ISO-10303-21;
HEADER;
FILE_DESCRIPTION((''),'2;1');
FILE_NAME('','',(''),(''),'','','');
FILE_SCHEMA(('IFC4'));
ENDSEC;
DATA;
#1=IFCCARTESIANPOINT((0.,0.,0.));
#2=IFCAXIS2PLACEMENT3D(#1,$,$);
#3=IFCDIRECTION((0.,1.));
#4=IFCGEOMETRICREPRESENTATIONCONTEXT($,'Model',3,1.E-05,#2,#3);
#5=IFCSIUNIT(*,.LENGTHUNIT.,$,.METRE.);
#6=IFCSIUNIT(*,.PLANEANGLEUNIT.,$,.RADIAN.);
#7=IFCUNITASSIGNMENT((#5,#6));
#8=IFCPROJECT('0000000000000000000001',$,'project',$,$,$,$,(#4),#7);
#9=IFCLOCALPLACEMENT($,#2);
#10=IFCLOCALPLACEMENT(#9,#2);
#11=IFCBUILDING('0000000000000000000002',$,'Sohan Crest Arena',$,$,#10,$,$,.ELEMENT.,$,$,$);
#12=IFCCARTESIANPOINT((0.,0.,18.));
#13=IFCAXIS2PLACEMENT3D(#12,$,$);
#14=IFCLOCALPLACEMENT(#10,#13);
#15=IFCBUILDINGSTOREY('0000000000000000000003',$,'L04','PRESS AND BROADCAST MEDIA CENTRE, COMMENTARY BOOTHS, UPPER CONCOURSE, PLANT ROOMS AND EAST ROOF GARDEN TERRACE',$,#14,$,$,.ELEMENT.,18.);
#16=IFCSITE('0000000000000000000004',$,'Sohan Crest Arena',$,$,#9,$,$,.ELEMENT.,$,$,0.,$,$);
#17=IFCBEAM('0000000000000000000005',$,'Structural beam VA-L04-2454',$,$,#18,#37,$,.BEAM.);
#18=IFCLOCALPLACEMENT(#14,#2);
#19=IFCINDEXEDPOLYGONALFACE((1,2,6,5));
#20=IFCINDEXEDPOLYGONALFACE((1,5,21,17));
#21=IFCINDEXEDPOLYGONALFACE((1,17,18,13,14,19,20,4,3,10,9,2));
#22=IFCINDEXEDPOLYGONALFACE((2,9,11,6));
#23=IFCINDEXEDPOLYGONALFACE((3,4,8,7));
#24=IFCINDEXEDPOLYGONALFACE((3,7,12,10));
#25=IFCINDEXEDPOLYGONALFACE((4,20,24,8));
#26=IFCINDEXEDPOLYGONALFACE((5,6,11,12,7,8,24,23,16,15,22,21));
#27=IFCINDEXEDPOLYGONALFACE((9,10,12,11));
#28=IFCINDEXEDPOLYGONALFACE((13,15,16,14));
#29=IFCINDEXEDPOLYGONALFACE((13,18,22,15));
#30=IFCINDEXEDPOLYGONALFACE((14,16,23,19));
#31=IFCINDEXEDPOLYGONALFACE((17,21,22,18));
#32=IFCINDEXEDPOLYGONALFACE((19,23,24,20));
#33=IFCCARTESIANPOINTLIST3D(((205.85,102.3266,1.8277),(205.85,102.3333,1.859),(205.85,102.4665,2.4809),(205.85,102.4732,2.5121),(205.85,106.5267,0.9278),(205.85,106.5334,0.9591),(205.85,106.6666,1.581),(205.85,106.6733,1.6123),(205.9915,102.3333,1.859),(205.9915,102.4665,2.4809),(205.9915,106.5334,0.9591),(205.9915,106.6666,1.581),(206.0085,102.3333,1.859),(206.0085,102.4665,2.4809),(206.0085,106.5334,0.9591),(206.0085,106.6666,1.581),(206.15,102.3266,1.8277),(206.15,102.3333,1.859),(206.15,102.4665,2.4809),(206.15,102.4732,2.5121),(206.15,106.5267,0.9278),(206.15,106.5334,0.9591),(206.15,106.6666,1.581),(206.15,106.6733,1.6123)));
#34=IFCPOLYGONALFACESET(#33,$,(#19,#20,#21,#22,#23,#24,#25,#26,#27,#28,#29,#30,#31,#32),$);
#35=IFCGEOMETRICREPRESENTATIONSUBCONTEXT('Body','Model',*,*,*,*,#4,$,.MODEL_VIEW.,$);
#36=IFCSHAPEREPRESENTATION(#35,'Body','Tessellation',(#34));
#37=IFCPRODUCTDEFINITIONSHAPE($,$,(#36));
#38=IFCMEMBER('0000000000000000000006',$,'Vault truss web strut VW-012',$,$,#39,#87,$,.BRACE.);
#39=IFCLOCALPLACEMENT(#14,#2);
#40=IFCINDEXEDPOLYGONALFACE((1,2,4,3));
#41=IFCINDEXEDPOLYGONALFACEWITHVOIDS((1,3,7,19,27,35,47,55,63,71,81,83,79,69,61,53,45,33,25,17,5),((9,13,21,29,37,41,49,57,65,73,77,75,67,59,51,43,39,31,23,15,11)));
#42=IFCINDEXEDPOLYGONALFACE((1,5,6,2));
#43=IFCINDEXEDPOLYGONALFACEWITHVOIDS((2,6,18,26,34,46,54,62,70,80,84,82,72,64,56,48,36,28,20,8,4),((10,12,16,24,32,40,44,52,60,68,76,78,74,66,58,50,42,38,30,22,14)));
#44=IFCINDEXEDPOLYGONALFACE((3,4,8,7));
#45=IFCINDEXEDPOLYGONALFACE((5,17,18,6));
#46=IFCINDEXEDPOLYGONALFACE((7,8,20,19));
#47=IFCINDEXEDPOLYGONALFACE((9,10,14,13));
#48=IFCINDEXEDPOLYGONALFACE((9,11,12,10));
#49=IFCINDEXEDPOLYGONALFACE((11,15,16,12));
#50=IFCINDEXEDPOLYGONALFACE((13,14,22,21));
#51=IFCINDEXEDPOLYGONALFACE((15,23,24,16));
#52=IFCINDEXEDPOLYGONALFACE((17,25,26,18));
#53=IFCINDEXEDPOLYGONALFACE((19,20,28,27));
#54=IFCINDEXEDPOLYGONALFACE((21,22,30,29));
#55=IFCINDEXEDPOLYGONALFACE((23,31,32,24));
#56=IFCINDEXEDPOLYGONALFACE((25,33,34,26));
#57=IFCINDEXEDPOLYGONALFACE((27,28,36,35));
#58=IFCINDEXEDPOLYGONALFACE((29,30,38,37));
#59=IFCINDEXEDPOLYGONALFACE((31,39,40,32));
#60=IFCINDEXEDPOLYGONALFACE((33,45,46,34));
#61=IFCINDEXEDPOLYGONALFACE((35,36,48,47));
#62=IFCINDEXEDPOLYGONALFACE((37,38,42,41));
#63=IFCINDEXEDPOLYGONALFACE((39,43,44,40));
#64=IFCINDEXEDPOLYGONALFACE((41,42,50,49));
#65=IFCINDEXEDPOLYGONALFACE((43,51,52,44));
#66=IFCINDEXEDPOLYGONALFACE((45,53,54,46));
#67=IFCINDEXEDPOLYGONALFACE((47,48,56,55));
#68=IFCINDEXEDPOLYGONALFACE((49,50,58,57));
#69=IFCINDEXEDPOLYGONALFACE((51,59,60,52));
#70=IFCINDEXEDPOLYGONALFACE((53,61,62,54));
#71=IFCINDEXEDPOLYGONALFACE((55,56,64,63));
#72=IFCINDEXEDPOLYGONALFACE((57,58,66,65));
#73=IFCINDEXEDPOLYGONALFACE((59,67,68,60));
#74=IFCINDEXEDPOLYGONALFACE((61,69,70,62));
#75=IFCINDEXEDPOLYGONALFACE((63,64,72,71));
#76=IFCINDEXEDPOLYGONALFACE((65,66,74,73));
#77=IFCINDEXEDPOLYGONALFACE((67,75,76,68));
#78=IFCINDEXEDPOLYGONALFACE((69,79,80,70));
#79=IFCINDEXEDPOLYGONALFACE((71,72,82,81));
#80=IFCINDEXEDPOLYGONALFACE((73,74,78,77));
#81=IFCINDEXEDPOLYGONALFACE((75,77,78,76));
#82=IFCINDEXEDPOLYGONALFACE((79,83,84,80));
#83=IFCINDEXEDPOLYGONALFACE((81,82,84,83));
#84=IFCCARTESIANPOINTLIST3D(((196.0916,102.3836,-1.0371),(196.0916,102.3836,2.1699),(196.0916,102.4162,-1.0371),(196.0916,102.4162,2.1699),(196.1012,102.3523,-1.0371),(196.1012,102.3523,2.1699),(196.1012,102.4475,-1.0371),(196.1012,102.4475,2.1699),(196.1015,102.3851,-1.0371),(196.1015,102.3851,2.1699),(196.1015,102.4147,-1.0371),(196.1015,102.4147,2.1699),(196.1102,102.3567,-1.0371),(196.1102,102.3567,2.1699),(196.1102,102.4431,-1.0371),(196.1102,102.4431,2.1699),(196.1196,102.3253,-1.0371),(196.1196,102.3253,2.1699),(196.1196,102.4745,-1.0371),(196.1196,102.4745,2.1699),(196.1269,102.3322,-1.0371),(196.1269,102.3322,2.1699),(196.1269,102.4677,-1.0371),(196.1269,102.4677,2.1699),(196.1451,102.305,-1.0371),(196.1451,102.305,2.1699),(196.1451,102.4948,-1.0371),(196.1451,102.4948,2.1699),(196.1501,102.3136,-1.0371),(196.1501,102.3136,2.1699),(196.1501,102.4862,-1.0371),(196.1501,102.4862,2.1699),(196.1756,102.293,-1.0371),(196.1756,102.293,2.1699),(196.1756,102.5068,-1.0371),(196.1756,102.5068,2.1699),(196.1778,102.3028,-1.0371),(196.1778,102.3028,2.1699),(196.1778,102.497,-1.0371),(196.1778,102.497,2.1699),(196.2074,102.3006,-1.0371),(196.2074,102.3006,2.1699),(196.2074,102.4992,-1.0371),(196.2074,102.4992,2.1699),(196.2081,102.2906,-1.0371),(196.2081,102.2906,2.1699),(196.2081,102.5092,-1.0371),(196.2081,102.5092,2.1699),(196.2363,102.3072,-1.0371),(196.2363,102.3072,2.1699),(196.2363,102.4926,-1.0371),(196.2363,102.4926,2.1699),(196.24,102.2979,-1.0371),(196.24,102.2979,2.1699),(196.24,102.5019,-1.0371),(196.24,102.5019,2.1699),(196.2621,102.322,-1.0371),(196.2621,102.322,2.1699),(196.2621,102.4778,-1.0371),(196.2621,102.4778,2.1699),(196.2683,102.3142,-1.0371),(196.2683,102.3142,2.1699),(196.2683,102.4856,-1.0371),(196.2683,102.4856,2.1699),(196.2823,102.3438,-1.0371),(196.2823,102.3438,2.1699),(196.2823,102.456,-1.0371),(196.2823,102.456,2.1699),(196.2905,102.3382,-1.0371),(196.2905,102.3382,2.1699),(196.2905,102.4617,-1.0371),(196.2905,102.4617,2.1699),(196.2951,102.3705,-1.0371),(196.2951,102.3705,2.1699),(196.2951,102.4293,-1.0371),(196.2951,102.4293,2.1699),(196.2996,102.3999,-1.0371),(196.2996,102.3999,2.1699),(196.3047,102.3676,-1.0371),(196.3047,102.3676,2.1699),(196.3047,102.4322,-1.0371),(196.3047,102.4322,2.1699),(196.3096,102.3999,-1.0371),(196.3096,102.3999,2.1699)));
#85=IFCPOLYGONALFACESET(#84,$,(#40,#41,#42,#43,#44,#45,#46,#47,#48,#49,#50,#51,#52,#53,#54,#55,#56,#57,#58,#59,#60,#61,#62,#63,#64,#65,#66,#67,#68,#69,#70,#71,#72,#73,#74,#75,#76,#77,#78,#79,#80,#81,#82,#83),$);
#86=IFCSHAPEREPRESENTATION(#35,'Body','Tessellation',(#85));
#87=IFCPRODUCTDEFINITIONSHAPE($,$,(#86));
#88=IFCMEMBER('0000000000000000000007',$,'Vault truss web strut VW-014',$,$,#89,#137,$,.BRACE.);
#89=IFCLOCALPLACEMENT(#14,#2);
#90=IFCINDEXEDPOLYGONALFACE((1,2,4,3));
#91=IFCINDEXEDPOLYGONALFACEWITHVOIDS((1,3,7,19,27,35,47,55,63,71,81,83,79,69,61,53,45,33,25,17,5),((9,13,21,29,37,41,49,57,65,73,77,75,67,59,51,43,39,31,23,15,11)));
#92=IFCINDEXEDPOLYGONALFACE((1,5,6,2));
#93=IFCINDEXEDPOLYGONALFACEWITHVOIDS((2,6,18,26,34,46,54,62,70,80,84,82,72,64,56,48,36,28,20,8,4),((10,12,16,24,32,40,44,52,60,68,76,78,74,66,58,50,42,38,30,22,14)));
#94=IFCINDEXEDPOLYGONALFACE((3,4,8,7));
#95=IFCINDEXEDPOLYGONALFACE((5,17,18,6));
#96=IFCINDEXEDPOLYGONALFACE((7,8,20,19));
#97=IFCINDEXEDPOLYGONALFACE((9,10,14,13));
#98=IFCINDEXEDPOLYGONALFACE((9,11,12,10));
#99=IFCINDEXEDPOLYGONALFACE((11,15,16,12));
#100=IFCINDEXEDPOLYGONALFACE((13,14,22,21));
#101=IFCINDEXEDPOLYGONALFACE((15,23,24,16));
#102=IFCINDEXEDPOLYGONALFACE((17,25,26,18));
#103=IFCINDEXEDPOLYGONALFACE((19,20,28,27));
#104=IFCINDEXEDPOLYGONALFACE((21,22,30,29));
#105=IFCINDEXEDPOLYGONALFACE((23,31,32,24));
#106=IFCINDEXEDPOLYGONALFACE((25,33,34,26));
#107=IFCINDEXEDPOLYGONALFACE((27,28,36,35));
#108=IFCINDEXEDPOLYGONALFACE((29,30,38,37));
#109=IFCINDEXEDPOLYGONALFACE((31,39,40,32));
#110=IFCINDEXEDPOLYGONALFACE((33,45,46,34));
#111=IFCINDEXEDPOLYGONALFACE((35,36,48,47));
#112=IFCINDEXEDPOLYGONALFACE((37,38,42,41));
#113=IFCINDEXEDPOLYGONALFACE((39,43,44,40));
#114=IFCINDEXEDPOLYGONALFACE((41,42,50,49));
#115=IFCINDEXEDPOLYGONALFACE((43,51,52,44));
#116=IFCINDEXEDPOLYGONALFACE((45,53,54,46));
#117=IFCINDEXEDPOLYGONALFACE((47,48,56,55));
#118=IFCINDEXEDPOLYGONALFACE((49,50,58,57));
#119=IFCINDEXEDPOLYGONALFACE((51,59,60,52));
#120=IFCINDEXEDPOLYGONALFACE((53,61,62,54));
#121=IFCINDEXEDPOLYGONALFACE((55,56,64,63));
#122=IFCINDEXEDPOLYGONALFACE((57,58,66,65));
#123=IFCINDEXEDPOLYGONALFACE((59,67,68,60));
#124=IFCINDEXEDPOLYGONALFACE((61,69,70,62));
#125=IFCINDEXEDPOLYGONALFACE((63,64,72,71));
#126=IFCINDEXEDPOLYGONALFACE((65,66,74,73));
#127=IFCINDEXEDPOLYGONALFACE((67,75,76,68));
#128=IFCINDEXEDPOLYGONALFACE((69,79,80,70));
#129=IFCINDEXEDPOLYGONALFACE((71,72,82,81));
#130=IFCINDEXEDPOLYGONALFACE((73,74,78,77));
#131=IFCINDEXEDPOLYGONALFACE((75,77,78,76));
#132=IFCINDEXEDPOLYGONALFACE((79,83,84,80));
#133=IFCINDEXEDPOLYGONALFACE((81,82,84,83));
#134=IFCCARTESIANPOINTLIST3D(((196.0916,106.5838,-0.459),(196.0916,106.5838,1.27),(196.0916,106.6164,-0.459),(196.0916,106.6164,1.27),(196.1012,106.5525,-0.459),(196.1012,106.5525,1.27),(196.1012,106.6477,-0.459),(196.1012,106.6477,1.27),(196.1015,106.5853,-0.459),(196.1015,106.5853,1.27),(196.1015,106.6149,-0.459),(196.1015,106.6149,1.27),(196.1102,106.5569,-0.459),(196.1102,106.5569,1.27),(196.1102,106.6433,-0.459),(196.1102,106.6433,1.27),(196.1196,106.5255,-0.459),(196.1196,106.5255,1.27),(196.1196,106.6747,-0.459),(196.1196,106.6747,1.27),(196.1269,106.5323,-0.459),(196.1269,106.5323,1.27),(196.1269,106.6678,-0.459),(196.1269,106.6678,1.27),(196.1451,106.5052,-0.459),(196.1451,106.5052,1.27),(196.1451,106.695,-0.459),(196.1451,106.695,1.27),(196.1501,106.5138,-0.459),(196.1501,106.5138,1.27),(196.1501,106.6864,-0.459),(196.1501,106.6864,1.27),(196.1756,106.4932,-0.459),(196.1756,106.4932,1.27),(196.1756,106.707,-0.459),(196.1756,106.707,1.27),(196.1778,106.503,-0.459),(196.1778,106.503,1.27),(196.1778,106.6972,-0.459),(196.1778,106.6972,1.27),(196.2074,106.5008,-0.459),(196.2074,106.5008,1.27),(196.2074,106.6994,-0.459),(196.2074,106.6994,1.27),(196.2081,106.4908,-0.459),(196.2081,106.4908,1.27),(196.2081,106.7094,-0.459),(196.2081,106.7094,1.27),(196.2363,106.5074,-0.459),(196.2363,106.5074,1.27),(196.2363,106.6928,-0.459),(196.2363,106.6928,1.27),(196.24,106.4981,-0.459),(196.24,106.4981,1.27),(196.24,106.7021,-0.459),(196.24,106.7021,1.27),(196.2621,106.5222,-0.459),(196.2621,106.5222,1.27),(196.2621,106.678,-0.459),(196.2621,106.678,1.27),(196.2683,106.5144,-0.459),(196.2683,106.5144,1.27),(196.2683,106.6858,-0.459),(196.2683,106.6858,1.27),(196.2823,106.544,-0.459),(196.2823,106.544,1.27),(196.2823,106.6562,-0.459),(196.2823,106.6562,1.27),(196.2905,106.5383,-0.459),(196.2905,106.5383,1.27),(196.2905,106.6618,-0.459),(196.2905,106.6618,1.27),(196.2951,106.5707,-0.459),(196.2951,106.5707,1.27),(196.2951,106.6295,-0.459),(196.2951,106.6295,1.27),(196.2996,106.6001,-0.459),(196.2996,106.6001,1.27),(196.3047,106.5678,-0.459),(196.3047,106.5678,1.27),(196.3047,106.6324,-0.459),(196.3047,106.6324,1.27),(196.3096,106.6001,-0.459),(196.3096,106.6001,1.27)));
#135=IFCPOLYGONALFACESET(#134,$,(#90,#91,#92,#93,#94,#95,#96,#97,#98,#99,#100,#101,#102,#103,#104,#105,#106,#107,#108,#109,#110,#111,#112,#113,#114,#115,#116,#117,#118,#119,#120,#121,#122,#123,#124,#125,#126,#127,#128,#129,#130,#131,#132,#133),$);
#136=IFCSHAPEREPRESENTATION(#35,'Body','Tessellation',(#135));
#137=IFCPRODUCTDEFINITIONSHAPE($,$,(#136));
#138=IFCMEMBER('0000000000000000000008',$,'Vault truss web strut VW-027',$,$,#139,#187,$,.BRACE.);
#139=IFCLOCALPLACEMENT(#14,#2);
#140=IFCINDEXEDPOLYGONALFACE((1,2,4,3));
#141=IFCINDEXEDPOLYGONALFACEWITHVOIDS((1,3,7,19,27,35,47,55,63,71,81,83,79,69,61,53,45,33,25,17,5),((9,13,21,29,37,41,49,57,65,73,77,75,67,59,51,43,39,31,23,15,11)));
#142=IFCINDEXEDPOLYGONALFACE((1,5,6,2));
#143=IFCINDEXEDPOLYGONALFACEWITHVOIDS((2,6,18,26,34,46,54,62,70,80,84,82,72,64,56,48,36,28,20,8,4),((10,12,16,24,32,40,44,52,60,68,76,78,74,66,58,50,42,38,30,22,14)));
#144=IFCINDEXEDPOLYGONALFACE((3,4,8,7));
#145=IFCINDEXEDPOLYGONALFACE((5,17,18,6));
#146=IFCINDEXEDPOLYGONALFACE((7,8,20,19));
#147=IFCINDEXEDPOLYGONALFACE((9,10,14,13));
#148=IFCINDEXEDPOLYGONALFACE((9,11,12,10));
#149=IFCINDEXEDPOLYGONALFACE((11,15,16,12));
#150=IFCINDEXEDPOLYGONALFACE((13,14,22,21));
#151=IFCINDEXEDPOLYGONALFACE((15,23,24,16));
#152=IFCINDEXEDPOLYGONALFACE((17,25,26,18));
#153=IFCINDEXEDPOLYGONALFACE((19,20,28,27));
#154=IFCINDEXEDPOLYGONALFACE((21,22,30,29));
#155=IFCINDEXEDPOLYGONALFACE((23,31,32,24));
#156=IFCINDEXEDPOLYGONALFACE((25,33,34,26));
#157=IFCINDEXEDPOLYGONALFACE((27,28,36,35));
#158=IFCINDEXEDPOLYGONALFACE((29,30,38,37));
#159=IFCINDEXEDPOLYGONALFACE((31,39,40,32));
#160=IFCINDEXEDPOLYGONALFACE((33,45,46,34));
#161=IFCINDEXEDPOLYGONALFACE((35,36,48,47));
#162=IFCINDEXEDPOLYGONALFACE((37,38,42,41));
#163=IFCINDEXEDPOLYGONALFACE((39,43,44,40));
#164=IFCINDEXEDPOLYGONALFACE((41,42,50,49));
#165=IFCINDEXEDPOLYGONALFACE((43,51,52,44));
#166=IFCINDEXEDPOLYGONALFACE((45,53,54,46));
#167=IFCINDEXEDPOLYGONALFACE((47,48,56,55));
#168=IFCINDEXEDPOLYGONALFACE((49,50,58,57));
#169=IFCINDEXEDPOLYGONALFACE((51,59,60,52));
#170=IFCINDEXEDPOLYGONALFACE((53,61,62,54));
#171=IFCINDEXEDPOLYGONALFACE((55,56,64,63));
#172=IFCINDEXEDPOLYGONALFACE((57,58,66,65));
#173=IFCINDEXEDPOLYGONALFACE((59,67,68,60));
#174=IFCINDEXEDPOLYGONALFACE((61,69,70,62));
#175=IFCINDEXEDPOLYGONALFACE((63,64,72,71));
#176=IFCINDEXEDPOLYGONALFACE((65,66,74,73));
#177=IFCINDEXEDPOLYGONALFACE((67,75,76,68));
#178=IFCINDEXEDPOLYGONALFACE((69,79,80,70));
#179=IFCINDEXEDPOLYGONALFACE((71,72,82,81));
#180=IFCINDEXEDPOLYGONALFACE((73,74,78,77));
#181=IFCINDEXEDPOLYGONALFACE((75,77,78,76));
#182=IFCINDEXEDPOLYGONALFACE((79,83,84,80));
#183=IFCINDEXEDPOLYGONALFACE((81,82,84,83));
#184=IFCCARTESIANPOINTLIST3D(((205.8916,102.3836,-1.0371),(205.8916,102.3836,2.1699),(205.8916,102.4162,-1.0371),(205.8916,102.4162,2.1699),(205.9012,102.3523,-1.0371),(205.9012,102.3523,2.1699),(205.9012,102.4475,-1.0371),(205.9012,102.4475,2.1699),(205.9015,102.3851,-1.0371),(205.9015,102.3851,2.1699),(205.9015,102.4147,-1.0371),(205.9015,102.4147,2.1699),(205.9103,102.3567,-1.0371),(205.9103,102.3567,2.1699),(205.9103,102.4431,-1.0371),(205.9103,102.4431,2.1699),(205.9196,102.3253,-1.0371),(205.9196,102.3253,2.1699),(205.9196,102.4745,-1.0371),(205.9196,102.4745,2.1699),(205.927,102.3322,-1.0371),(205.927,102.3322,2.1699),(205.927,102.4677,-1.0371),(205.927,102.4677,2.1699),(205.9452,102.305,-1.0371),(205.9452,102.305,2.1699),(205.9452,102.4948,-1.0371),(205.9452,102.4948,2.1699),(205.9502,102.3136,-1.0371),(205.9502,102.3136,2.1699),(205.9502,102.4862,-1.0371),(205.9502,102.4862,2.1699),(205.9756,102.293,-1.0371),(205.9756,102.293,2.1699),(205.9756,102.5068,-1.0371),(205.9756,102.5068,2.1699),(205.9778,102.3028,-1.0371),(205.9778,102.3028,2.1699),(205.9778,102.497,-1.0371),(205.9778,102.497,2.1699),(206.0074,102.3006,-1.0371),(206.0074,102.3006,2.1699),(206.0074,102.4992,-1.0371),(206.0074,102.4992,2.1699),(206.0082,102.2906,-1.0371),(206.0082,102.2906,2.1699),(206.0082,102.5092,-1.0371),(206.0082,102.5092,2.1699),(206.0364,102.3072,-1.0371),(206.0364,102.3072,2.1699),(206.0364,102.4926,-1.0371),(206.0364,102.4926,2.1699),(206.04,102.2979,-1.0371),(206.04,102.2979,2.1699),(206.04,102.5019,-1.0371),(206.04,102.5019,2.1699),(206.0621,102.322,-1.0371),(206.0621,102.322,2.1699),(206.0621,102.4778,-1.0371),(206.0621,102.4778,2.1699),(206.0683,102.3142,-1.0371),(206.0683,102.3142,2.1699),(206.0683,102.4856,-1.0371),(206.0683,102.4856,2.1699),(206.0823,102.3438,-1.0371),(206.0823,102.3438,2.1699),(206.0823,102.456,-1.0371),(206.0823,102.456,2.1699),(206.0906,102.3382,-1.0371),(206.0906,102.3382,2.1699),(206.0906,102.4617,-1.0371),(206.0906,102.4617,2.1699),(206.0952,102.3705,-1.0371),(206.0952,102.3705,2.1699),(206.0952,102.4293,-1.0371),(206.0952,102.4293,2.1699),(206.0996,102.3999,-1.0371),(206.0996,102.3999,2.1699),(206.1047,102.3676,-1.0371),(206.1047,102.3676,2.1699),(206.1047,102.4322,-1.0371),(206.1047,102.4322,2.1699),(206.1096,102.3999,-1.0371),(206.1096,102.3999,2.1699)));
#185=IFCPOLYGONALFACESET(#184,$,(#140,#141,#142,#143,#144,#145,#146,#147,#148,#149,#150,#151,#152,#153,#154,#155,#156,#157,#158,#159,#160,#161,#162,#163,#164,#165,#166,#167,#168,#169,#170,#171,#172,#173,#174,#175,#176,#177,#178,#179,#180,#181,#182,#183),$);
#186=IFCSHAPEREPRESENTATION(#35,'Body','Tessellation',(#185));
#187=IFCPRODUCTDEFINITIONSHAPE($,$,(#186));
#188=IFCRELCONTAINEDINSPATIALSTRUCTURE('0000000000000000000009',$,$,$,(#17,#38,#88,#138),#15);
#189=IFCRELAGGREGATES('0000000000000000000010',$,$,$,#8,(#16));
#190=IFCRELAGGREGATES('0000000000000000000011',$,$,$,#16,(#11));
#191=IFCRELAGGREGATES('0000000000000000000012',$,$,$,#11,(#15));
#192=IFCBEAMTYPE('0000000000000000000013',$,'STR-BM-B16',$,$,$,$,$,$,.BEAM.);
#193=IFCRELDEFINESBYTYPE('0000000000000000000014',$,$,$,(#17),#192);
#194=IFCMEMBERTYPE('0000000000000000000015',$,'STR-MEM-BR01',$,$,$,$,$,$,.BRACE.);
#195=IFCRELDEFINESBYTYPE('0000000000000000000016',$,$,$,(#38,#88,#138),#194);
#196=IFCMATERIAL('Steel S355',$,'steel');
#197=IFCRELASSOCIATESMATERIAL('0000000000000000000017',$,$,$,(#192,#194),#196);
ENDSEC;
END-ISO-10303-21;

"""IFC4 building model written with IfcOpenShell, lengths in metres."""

from ifc_helpers import new_model, si_unit, direction, frame, origin, origin_2d, place, context, subcontext, project, spatial, hollow_circle, i_section, extrude, material, material_profile, profile_set, type_object, element, save


model = new_model("IFC4")

# Units and contexts
model_context = context("Model", 3, precision=1e-05, world=origin(), true_north=direction((0.0, 1.0)))
body_context = subcontext(model_context, "Body", "Model", "MODEL_VIEW")
ifc_project = project(units=[si_unit("LENGTHUNIT", "METRE"), si_unit("PLANEANGLEUNIT", "RADIAN")], contexts=[model_context])

# Site, building, storey
site_placement = place(None, origin())
site = spatial("IfcSite", under=ifc_project, at=site_placement, Name="Sohan Crest Arena", CompositionType="ELEMENT", RefElevation=0.0)
building_placement = place(site_placement, origin())
building = spatial("IfcBuilding", under=site, at=building_placement, Name="Sohan Crest Arena", CompositionType="ELEMENT")
storey_placement = place(building_placement, frame((0.0, 0.0, 18.0)))
storey = spatial("IfcBuildingStorey", under=building, at=storey_placement, Name="L04", Description="PRESS AND BROADCAST MEDIA CENTRE, COMMENTARY BOOTHS, UPPER CONCOURSE, PLANT ROOMS AND EAST ROOF GARDEN TERRACE", CompositionType="ELEMENT", Elevation=18.0)

# Beam
ifc_material_1 = material(Name="Steel S355", Category="steel")
ifc_material_profile_1 = material_profile(ifc_material_1, i_section(OverallWidth=0.3, OverallDepth=0.7, WebThickness=0.0171, FlangeThickness=0.032, at=origin_2d()), Name="HEB 700")
ifc_profile_set_1 = profile_set([ifc_material_profile_1], Name="Steel S355")
beam_type_1 = type_object("IfcBeamType", Name="STR-BM-B16", PredefinedType="BEAM", material=ifc_profile_set_1)
beam_1_placement = place(storey_placement, frame((206.0, 102.3999, 2.1699), z_axis=(0.0, 0.977809, -0.209498), x_axis=(-1.0, 0.0, 0.0)))
element("IfcBeam", 1, at=beam_1_placement, inside=storey, type_object=beam_type_1, Name="Structural beam VA-L04-2454", PredefinedType="BEAM", context=body_context, shape_type="SweptSolid", body=[
    extrude(i_section(OverallWidth=0.3, OverallDepth=0.7, WebThickness=0.0171, FlangeThickness=0.032, at=origin_2d()), origin(), (0.0, 0.0, 1.0), 4.2954),
])

# Members
ifc_material_profile_2 = material_profile(ifc_material_1, hollow_circle(Radius=0.1096, WallThickness=0.01, at=origin_2d()), Name="CHS 219.1x10")
ifc_profile_set_2 = profile_set([ifc_material_profile_2], Name="Steel S355")
member_type_1 = type_object("IfcMemberType", Name="STR-MEM-BR01", PredefinedType="BRACE", material=ifc_profile_set_2)
member_1_placement = place(storey_placement, frame((196.2, 102.3999, -1.0371), z_axis=(0.0, 0.0, 1.0), x_axis=(1.0, 0.0, 0.0)))
element("IfcMember", 2, at=member_1_placement, inside=storey, type_object=member_type_1, Name="Vault truss web strut VW-012", PredefinedType="BRACE", context=body_context, shape_type="SweptSolid", body=[
    extrude(hollow_circle(Radius=0.1096, WallThickness=0.01, at=origin_2d()), origin(), (0.0, 0.0, 1.0), 3.207),
])
member_2_placement = place(storey_placement, frame((196.2, 106.6001, -0.459), z_axis=(0.0, 0.0, 1.0), x_axis=(1.0, 0.0, 0.0)))
element("IfcMember", 3, at=member_2_placement, inside=storey, type_object=member_type_1, Name="Vault truss web strut VW-014", PredefinedType="BRACE", context=body_context, shape_type="SweptSolid", body=[
    extrude(hollow_circle(Radius=0.1096, WallThickness=0.01, at=origin_2d()), origin(), (0.0, 0.0, 1.0), 1.729),
])
member_3_placement = place(storey_placement, frame((206.0, 102.3999, -1.0371), z_axis=(0.0, 0.0, 1.0), x_axis=(1.0, 0.0, 0.0)))
element("IfcMember", 4, at=member_3_placement, inside=storey, type_object=member_type_1, Name="Vault truss web strut VW-027", PredefinedType="BRACE", context=body_context, shape_type="SweptSolid", body=[
    extrude(hollow_circle(Radius=0.1096, WallThickness=0.01, at=origin_2d()), origin(), (0.0, 0.0, 1.0), 3.207),
])

save(model, "model.ifc")
